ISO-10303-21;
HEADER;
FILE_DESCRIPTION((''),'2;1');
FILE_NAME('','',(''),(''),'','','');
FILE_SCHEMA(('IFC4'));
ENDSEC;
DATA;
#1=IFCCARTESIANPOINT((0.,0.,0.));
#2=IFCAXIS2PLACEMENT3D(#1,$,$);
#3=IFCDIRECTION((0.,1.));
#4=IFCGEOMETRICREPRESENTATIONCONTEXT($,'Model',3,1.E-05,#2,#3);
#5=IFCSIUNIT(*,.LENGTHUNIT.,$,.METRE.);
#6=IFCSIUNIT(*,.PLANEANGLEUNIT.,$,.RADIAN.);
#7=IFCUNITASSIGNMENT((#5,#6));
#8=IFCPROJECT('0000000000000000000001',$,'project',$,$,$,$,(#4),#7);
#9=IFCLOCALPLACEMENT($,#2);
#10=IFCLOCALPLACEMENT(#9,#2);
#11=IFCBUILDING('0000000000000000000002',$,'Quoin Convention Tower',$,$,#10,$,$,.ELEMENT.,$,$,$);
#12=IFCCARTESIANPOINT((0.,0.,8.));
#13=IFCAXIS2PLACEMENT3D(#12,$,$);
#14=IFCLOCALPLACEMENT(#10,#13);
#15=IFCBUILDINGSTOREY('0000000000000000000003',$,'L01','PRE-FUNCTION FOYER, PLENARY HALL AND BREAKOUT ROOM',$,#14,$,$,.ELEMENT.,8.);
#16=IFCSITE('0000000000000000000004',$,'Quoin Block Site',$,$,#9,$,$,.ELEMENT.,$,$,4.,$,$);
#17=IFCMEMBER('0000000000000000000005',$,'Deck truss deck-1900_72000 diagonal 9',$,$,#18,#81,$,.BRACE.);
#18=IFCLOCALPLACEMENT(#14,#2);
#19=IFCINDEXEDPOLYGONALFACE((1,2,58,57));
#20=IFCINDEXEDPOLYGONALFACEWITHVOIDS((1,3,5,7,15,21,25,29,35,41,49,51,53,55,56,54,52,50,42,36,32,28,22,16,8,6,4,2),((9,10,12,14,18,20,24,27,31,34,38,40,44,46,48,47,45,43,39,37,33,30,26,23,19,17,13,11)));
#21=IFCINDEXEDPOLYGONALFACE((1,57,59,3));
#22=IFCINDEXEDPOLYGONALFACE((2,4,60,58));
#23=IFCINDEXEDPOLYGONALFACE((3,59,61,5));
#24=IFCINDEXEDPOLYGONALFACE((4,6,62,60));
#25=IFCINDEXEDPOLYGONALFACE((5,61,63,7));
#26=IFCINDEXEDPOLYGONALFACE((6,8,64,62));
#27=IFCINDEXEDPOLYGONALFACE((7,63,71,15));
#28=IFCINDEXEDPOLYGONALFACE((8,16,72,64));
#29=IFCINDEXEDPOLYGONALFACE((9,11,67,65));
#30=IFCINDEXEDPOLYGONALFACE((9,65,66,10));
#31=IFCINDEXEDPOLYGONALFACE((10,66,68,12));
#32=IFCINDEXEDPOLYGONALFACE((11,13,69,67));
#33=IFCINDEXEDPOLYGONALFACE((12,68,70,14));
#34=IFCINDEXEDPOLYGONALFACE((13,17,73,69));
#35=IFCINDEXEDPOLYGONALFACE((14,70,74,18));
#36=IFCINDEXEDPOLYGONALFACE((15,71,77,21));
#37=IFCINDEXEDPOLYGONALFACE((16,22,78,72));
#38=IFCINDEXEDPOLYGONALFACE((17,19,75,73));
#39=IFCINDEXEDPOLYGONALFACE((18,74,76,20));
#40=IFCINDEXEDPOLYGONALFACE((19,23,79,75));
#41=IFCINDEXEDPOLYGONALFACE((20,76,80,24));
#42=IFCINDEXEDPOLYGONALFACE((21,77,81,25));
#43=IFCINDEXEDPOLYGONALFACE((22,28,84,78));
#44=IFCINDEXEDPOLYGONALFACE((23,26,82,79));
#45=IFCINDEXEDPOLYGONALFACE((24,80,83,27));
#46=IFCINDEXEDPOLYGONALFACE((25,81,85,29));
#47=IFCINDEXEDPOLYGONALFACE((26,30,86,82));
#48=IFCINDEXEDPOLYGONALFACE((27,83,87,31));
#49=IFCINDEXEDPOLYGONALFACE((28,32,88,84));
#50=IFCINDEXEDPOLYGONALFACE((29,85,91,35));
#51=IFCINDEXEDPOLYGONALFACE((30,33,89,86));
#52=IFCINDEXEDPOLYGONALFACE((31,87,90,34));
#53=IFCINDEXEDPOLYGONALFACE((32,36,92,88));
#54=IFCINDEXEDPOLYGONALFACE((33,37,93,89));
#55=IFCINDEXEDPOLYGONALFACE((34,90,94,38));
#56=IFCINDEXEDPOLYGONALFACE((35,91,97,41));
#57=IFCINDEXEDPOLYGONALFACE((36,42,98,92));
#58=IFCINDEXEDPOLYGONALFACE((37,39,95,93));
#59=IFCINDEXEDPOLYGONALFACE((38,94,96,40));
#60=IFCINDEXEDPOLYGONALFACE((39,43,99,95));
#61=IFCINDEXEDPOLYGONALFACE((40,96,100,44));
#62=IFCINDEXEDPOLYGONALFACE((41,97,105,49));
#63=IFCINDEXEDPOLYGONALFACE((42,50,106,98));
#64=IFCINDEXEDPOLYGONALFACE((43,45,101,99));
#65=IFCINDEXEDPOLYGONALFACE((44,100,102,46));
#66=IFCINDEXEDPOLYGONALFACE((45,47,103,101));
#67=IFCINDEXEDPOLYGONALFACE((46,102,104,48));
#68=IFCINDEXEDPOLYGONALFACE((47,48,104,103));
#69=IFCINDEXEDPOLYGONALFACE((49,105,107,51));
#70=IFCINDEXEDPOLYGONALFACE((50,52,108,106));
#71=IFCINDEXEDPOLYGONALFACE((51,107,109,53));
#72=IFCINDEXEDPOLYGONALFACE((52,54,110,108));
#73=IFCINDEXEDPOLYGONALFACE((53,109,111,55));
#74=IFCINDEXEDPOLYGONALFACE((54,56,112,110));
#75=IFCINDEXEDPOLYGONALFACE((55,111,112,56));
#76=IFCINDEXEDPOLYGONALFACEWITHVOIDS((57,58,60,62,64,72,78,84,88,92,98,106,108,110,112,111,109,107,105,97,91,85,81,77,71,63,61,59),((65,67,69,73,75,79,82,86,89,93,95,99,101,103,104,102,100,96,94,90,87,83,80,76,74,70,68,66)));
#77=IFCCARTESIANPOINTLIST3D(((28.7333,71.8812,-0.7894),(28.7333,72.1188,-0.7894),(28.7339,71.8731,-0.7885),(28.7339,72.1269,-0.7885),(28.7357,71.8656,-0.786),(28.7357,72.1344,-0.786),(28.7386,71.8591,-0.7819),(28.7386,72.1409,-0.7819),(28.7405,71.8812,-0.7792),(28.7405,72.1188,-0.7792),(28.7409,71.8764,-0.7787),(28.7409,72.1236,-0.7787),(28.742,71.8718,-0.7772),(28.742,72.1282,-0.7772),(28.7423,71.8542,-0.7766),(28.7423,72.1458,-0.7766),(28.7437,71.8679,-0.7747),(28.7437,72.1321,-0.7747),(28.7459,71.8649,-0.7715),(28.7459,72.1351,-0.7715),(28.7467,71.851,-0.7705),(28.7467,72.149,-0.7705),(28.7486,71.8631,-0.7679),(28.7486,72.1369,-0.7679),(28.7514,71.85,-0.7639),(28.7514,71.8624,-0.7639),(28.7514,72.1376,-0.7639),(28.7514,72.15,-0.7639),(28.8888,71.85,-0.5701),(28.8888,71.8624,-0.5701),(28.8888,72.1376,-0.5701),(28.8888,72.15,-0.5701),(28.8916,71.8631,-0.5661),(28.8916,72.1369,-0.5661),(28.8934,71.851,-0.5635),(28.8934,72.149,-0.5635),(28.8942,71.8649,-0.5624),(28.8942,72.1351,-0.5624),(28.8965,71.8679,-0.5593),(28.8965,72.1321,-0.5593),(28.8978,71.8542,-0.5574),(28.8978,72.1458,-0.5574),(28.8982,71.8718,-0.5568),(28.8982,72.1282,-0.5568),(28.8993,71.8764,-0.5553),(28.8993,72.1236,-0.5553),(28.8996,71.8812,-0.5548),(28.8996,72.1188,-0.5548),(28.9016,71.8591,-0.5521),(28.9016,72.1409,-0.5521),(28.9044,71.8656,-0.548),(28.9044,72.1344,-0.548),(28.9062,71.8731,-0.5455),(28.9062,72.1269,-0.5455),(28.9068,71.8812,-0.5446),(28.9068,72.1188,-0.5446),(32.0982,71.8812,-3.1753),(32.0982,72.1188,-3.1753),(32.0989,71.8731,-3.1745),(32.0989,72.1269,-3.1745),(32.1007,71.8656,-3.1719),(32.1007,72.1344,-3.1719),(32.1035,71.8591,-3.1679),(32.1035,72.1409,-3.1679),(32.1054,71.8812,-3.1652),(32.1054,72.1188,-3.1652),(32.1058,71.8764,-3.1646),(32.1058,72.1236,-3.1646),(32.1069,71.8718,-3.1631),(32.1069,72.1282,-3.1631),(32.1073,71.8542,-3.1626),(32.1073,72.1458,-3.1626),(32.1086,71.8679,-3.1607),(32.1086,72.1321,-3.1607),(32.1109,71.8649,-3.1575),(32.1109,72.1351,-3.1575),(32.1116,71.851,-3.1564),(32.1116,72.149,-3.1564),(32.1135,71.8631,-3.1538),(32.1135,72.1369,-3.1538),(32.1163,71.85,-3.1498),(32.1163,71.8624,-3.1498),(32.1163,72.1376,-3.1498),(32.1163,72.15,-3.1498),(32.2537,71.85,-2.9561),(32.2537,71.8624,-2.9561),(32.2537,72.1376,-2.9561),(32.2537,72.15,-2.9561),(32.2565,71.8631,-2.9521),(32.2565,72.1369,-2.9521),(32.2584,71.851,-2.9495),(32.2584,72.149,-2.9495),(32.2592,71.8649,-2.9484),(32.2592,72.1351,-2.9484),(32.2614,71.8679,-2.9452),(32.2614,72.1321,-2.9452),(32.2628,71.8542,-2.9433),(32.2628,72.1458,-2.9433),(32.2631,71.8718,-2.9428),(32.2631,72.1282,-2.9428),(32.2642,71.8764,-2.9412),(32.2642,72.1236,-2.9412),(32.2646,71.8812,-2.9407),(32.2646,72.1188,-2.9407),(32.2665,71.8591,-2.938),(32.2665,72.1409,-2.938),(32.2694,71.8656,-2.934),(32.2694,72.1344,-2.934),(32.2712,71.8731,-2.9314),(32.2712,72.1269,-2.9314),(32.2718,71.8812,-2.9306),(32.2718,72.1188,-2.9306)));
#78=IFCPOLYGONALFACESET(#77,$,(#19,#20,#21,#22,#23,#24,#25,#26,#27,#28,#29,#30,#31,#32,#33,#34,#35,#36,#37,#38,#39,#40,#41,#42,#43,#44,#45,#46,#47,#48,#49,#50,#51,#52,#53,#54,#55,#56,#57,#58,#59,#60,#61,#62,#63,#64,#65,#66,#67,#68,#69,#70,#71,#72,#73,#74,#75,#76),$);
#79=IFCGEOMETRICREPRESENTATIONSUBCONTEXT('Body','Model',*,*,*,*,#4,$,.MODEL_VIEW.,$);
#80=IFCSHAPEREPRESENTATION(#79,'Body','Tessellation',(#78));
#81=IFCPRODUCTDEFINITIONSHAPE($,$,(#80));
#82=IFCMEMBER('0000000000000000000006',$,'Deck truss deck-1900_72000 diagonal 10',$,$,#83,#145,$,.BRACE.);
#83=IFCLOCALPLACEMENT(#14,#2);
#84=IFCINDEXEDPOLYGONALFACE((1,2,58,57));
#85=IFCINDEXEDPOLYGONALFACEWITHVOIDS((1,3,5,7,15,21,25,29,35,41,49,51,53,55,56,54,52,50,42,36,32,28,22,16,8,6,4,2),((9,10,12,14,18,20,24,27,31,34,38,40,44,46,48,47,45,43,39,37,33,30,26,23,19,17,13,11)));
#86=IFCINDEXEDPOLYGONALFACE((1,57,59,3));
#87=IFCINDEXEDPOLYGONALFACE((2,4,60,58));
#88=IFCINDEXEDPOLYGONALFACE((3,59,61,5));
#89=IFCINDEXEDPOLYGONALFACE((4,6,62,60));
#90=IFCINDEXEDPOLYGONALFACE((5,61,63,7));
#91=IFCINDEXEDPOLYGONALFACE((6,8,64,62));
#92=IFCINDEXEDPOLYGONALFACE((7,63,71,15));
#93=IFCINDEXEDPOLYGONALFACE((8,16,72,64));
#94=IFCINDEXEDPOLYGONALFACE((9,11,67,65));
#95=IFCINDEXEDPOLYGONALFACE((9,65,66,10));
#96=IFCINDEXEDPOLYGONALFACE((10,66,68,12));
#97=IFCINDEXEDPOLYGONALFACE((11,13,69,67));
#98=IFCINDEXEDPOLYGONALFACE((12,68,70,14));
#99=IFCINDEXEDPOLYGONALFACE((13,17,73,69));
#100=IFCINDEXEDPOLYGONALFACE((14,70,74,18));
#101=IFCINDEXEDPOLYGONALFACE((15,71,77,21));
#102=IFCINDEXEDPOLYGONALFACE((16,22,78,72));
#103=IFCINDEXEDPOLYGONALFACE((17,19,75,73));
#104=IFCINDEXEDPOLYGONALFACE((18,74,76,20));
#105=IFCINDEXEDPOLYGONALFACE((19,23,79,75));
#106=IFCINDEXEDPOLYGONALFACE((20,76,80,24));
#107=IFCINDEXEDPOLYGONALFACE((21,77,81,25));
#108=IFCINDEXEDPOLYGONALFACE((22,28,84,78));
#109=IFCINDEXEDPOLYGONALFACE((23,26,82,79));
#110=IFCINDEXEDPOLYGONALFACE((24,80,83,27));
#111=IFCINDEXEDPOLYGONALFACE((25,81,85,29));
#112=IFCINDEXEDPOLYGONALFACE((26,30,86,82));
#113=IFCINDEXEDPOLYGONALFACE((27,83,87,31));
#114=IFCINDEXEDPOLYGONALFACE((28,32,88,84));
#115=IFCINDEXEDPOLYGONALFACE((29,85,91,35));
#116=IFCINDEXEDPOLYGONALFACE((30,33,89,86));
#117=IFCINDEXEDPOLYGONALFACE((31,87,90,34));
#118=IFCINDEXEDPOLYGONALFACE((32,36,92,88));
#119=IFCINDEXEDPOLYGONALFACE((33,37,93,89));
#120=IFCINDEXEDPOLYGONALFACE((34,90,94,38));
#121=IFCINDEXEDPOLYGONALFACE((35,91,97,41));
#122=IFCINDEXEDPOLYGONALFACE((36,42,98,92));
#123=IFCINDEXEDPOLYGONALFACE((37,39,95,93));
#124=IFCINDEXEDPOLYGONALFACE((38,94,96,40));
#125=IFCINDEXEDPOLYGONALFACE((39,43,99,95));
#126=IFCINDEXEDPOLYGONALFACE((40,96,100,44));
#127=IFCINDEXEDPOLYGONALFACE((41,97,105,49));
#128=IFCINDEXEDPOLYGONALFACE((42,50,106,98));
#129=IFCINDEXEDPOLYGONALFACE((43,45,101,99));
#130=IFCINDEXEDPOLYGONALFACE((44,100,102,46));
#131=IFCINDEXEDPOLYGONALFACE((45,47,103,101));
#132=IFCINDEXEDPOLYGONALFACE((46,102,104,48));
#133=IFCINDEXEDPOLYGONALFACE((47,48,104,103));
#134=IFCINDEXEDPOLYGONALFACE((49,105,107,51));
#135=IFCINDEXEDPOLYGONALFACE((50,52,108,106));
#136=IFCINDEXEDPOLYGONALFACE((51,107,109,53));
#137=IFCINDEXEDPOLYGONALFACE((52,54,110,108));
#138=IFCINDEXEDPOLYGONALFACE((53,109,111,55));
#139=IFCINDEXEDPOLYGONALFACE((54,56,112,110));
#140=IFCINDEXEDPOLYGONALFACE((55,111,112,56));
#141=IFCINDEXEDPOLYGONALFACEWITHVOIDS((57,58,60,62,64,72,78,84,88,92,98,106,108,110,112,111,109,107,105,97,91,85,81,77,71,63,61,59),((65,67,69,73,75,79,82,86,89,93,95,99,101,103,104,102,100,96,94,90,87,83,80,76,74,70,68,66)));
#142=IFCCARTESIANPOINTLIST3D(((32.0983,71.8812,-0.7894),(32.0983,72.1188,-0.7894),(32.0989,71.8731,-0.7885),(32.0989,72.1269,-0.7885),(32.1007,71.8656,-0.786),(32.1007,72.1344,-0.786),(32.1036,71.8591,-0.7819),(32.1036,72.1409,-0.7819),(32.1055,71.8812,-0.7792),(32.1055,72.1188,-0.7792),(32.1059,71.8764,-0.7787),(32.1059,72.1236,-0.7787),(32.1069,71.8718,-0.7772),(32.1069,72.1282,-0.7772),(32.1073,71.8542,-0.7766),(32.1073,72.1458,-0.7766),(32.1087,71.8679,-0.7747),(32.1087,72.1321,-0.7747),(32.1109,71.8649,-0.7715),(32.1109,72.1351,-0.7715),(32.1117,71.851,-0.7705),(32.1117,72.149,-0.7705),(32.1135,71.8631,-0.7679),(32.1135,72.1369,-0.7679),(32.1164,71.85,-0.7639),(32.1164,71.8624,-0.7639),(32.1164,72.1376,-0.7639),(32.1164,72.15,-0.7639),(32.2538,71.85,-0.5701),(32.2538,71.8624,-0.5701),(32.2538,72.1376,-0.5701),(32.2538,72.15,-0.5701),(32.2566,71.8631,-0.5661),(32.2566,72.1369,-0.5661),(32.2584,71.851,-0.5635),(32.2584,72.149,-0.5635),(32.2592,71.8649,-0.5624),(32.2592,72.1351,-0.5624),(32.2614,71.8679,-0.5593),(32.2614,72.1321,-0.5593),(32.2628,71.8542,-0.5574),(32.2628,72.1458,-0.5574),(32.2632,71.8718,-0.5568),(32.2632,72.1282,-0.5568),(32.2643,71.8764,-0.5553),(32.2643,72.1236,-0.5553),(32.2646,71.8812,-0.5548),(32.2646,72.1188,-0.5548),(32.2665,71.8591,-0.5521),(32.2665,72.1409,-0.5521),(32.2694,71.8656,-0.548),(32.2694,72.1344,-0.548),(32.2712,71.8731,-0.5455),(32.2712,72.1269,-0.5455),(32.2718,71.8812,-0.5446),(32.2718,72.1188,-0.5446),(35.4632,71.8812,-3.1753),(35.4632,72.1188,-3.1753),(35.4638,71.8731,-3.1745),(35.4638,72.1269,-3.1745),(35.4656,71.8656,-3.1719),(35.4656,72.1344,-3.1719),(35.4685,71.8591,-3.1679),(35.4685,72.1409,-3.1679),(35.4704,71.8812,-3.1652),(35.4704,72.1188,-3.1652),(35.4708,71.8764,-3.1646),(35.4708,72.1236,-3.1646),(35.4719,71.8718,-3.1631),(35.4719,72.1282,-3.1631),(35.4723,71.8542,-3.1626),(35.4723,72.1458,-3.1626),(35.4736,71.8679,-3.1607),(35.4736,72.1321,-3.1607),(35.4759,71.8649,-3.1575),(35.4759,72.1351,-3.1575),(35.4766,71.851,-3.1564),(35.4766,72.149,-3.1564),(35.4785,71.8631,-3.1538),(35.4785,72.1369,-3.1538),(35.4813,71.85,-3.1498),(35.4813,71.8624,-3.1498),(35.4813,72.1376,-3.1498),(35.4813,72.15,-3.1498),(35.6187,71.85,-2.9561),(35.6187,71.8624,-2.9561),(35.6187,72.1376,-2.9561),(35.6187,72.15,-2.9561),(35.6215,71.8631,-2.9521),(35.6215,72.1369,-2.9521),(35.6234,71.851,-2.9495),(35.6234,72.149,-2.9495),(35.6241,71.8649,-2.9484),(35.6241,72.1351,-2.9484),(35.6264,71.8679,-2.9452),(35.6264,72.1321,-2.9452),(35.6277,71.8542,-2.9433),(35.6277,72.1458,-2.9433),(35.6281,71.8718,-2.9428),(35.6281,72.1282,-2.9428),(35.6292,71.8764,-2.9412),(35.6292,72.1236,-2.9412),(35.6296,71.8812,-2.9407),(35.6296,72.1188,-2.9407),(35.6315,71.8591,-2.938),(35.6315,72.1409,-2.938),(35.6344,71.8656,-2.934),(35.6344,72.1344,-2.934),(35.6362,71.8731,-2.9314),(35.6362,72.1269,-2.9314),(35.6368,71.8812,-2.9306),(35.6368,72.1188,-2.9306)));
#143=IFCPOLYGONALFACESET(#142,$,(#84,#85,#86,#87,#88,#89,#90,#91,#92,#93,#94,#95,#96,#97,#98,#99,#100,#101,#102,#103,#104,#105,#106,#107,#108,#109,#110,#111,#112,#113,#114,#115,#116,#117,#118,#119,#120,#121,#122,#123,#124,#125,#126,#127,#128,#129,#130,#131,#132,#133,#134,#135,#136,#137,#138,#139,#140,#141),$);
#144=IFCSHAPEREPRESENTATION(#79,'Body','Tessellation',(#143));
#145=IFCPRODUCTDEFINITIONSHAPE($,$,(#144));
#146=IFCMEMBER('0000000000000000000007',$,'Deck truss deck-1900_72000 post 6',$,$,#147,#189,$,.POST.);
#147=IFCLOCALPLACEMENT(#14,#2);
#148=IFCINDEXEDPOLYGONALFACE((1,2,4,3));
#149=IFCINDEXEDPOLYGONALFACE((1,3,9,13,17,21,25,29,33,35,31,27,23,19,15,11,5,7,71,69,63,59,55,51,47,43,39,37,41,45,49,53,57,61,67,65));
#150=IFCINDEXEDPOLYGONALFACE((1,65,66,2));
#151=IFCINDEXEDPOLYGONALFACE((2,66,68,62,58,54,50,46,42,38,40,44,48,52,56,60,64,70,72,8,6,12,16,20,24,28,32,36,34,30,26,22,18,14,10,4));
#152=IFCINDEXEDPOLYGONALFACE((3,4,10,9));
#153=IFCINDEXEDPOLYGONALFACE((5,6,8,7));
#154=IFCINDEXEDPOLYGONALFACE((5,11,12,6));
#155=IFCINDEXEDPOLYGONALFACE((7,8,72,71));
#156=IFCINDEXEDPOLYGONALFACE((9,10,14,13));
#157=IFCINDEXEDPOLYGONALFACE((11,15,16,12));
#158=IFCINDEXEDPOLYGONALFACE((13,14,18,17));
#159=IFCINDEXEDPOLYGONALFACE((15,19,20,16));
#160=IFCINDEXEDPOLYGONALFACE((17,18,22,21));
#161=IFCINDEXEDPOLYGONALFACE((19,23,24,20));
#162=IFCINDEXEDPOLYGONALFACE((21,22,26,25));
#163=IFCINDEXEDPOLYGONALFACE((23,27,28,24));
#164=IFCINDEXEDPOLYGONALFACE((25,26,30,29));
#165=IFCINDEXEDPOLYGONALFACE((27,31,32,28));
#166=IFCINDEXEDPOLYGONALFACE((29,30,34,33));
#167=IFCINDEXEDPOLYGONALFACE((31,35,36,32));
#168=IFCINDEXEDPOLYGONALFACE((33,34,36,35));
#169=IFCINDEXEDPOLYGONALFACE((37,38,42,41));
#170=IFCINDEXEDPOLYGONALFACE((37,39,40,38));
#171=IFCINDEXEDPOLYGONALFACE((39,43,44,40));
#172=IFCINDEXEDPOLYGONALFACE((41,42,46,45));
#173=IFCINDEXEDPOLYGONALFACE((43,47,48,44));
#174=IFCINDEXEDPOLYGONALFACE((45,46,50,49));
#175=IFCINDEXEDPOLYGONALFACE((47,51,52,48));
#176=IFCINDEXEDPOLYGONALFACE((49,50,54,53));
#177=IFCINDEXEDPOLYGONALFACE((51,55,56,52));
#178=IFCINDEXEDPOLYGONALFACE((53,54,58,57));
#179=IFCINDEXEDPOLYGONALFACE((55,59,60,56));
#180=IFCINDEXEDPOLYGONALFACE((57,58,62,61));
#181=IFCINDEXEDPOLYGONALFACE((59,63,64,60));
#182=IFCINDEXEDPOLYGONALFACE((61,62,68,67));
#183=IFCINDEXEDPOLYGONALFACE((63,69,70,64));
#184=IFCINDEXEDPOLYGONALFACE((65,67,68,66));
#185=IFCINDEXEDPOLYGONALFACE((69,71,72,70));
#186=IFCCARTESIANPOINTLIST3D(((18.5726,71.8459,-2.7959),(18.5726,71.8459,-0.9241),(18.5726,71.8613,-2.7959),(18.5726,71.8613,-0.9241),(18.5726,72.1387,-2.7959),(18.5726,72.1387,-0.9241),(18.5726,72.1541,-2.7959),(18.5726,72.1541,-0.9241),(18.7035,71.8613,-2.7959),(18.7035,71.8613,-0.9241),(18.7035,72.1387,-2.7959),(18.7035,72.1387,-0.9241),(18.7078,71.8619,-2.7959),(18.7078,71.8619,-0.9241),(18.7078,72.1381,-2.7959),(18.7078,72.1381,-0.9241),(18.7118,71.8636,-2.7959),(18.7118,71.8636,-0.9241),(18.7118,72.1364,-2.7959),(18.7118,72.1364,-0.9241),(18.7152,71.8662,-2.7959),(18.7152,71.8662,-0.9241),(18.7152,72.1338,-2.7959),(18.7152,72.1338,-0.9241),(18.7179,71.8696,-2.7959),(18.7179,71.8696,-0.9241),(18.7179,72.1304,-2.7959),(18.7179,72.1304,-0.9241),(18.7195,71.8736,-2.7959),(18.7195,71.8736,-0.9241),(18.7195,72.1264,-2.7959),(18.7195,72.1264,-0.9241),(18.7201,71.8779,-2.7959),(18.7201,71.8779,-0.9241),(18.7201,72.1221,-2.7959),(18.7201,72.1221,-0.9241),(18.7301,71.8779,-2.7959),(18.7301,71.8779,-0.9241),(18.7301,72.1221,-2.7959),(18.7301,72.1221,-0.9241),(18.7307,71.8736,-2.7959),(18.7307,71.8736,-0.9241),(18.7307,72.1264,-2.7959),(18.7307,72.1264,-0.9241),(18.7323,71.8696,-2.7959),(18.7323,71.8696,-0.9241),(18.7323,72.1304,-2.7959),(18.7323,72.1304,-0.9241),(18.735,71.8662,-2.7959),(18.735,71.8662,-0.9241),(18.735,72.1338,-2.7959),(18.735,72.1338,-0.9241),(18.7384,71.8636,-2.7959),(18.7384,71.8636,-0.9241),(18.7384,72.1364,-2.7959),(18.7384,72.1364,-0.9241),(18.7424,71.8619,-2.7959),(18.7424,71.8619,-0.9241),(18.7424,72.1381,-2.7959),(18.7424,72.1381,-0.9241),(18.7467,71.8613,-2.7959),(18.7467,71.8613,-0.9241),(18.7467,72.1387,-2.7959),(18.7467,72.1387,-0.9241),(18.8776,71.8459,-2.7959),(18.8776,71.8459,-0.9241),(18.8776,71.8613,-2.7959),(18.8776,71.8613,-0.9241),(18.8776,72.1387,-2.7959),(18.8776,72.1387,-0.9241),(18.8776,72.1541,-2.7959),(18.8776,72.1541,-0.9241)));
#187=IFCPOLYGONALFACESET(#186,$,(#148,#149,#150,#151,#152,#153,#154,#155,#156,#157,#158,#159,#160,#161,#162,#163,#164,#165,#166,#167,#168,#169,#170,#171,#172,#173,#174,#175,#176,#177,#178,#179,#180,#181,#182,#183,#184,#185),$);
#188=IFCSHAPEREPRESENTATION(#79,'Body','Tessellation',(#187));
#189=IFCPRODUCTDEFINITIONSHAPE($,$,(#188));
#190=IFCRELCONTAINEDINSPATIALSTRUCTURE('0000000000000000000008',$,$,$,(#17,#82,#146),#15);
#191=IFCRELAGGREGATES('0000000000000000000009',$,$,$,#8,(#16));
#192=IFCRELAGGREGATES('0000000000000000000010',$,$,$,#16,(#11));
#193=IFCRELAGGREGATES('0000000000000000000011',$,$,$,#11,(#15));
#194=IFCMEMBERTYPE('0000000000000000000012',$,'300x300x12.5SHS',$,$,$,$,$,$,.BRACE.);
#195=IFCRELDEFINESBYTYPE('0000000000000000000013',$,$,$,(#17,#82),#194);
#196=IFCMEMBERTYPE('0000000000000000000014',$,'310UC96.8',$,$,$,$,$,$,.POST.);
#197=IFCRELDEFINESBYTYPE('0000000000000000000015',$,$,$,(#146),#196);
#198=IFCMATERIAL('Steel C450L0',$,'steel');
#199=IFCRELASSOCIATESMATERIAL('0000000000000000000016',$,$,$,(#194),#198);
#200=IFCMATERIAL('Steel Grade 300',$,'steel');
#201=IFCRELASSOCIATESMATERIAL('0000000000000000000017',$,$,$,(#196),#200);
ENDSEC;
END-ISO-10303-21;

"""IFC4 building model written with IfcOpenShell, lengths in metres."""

from ifc_helpers import new_model, si_unit, direction, frame, origin, origin_2d, place, context, subcontext, project, spatial, hollow_rectangle, i_section, extrude, material, material_profile, profile_set, type_object, element, save


model = new_model("IFC4")

# Units and contexts
model_context = context("Model", 3, precision=1e-05, world=origin(), true_north=direction((0.0, 1.0)))
body_context = subcontext(model_context, "Body", "Model", "MODEL_VIEW")
ifc_project = project(units=[si_unit("LENGTHUNIT", "METRE"), si_unit("PLANEANGLEUNIT", "RADIAN")], contexts=[model_context])

# Site, building, storey
site_placement = place(None, origin())
site = spatial("IfcSite", under=ifc_project, at=site_placement, Name="Quoin Block Site", CompositionType="ELEMENT", RefElevation=4.0)
building_placement = place(site_placement, origin())
building = spatial("IfcBuilding", under=site, at=building_placement, Name="Quoin Convention Tower", CompositionType="ELEMENT")
storey_placement = place(building_placement, frame((0.0, 0.0, 8.0)))
storey = spatial("IfcBuildingStorey", under=building, at=storey_placement, Name="L01", Description="PRE-FUNCTION FOYER, PLENARY HALL AND BREAKOUT ROOM", CompositionType="ELEMENT", Elevation=8.0)

# Shared definitions
ifc_material_1 = material(Name="Steel C450L0", Category="steel")

# Members
ifc_material_profile_1 = material_profile(ifc_material_1, hollow_rectangle(XDim=0.3, YDim=0.3, WallThickness=0.0125, InnerFilletRadius=0.0188, OuterFilletRadius=0.0312, at=origin_2d()), Name="300x300x12.5SHS")
ifc_profile_set_1 = profile_set([ifc_material_profile_1], Name="Steel C450L0")
member_type_1 = type_object("IfcMemberType", Name="300x300x12.5SHS", PredefinedType="BRACE", material=ifc_profile_set_1)
for number, where, z_axis, x_axis, name in (
    (1, (28.8201, 72.0, -0.667), (0.815744, 0.0, -0.578413), (0.0, 1.0, 0.0), "Deck truss deck-1900_72000 diagonal 9"),
    (2, (32.1851, 72.0, -0.667), (0.815744, 0.0, -0.578413), (0.0, 1.0, 0.0), "Deck truss deck-1900_72000 diagonal 10"),
):
    element("IfcMember", number, at=place(storey_placement, frame(where, z_axis=z_axis, x_axis=x_axis)), inside=storey, type_object=member_type_1, Name=name, PredefinedType="BRACE", context=body_context, shape_type="SweptSolid", body=[
        extrude(hollow_rectangle(XDim=0.3, YDim=0.3, WallThickness=0.0125, InnerFilletRadius=0.0188, OuterFilletRadius=0.0312, at=origin_2d()), origin(), (0.0, 0.0, 1.0), 4.125),
    ])
ifc_material_2 = material(Name="Steel Grade 300", Category="steel")
ifc_material_profile_2 = material_profile(ifc_material_2, i_section(OverallWidth=0.3049, OverallDepth=0.3081, WebThickness=0.01, FlangeThickness=0.0154, FilletRadius=0.0166, at=origin_2d()), Name="310UC96.8")
ifc_profile_set_2 = profile_set([ifc_material_profile_2], Name="Steel Grade 300")
member_type_2 = type_object("IfcMemberType", Name="310UC96.8", PredefinedType="POST", material=ifc_profile_set_2)
for number, where, z_axis, x_axis, name in (
    (3, (18.7251, 72.0, -2.7959), (0.0, 0.0, 1.0), (1.0, 0.0, 0.0), "Deck truss deck-1900_72000 post 6"),
):
    element("IfcMember", number, at=place(storey_placement, frame(where, z_axis=z_axis, x_axis=x_axis)), inside=storey, type_object=member_type_2, Name=name, PredefinedType="POST", context=body_context, shape_type="SweptSolid", body=[
        extrude(i_section(OverallWidth=0.3049, OverallDepth=0.3081, WebThickness=0.01, FlangeThickness=0.0154, FilletRadius=0.0166, at=origin_2d()), origin(), (0.0, 0.0, 1.0), 1.8718),
    ])

save(model, "model.ifc")
